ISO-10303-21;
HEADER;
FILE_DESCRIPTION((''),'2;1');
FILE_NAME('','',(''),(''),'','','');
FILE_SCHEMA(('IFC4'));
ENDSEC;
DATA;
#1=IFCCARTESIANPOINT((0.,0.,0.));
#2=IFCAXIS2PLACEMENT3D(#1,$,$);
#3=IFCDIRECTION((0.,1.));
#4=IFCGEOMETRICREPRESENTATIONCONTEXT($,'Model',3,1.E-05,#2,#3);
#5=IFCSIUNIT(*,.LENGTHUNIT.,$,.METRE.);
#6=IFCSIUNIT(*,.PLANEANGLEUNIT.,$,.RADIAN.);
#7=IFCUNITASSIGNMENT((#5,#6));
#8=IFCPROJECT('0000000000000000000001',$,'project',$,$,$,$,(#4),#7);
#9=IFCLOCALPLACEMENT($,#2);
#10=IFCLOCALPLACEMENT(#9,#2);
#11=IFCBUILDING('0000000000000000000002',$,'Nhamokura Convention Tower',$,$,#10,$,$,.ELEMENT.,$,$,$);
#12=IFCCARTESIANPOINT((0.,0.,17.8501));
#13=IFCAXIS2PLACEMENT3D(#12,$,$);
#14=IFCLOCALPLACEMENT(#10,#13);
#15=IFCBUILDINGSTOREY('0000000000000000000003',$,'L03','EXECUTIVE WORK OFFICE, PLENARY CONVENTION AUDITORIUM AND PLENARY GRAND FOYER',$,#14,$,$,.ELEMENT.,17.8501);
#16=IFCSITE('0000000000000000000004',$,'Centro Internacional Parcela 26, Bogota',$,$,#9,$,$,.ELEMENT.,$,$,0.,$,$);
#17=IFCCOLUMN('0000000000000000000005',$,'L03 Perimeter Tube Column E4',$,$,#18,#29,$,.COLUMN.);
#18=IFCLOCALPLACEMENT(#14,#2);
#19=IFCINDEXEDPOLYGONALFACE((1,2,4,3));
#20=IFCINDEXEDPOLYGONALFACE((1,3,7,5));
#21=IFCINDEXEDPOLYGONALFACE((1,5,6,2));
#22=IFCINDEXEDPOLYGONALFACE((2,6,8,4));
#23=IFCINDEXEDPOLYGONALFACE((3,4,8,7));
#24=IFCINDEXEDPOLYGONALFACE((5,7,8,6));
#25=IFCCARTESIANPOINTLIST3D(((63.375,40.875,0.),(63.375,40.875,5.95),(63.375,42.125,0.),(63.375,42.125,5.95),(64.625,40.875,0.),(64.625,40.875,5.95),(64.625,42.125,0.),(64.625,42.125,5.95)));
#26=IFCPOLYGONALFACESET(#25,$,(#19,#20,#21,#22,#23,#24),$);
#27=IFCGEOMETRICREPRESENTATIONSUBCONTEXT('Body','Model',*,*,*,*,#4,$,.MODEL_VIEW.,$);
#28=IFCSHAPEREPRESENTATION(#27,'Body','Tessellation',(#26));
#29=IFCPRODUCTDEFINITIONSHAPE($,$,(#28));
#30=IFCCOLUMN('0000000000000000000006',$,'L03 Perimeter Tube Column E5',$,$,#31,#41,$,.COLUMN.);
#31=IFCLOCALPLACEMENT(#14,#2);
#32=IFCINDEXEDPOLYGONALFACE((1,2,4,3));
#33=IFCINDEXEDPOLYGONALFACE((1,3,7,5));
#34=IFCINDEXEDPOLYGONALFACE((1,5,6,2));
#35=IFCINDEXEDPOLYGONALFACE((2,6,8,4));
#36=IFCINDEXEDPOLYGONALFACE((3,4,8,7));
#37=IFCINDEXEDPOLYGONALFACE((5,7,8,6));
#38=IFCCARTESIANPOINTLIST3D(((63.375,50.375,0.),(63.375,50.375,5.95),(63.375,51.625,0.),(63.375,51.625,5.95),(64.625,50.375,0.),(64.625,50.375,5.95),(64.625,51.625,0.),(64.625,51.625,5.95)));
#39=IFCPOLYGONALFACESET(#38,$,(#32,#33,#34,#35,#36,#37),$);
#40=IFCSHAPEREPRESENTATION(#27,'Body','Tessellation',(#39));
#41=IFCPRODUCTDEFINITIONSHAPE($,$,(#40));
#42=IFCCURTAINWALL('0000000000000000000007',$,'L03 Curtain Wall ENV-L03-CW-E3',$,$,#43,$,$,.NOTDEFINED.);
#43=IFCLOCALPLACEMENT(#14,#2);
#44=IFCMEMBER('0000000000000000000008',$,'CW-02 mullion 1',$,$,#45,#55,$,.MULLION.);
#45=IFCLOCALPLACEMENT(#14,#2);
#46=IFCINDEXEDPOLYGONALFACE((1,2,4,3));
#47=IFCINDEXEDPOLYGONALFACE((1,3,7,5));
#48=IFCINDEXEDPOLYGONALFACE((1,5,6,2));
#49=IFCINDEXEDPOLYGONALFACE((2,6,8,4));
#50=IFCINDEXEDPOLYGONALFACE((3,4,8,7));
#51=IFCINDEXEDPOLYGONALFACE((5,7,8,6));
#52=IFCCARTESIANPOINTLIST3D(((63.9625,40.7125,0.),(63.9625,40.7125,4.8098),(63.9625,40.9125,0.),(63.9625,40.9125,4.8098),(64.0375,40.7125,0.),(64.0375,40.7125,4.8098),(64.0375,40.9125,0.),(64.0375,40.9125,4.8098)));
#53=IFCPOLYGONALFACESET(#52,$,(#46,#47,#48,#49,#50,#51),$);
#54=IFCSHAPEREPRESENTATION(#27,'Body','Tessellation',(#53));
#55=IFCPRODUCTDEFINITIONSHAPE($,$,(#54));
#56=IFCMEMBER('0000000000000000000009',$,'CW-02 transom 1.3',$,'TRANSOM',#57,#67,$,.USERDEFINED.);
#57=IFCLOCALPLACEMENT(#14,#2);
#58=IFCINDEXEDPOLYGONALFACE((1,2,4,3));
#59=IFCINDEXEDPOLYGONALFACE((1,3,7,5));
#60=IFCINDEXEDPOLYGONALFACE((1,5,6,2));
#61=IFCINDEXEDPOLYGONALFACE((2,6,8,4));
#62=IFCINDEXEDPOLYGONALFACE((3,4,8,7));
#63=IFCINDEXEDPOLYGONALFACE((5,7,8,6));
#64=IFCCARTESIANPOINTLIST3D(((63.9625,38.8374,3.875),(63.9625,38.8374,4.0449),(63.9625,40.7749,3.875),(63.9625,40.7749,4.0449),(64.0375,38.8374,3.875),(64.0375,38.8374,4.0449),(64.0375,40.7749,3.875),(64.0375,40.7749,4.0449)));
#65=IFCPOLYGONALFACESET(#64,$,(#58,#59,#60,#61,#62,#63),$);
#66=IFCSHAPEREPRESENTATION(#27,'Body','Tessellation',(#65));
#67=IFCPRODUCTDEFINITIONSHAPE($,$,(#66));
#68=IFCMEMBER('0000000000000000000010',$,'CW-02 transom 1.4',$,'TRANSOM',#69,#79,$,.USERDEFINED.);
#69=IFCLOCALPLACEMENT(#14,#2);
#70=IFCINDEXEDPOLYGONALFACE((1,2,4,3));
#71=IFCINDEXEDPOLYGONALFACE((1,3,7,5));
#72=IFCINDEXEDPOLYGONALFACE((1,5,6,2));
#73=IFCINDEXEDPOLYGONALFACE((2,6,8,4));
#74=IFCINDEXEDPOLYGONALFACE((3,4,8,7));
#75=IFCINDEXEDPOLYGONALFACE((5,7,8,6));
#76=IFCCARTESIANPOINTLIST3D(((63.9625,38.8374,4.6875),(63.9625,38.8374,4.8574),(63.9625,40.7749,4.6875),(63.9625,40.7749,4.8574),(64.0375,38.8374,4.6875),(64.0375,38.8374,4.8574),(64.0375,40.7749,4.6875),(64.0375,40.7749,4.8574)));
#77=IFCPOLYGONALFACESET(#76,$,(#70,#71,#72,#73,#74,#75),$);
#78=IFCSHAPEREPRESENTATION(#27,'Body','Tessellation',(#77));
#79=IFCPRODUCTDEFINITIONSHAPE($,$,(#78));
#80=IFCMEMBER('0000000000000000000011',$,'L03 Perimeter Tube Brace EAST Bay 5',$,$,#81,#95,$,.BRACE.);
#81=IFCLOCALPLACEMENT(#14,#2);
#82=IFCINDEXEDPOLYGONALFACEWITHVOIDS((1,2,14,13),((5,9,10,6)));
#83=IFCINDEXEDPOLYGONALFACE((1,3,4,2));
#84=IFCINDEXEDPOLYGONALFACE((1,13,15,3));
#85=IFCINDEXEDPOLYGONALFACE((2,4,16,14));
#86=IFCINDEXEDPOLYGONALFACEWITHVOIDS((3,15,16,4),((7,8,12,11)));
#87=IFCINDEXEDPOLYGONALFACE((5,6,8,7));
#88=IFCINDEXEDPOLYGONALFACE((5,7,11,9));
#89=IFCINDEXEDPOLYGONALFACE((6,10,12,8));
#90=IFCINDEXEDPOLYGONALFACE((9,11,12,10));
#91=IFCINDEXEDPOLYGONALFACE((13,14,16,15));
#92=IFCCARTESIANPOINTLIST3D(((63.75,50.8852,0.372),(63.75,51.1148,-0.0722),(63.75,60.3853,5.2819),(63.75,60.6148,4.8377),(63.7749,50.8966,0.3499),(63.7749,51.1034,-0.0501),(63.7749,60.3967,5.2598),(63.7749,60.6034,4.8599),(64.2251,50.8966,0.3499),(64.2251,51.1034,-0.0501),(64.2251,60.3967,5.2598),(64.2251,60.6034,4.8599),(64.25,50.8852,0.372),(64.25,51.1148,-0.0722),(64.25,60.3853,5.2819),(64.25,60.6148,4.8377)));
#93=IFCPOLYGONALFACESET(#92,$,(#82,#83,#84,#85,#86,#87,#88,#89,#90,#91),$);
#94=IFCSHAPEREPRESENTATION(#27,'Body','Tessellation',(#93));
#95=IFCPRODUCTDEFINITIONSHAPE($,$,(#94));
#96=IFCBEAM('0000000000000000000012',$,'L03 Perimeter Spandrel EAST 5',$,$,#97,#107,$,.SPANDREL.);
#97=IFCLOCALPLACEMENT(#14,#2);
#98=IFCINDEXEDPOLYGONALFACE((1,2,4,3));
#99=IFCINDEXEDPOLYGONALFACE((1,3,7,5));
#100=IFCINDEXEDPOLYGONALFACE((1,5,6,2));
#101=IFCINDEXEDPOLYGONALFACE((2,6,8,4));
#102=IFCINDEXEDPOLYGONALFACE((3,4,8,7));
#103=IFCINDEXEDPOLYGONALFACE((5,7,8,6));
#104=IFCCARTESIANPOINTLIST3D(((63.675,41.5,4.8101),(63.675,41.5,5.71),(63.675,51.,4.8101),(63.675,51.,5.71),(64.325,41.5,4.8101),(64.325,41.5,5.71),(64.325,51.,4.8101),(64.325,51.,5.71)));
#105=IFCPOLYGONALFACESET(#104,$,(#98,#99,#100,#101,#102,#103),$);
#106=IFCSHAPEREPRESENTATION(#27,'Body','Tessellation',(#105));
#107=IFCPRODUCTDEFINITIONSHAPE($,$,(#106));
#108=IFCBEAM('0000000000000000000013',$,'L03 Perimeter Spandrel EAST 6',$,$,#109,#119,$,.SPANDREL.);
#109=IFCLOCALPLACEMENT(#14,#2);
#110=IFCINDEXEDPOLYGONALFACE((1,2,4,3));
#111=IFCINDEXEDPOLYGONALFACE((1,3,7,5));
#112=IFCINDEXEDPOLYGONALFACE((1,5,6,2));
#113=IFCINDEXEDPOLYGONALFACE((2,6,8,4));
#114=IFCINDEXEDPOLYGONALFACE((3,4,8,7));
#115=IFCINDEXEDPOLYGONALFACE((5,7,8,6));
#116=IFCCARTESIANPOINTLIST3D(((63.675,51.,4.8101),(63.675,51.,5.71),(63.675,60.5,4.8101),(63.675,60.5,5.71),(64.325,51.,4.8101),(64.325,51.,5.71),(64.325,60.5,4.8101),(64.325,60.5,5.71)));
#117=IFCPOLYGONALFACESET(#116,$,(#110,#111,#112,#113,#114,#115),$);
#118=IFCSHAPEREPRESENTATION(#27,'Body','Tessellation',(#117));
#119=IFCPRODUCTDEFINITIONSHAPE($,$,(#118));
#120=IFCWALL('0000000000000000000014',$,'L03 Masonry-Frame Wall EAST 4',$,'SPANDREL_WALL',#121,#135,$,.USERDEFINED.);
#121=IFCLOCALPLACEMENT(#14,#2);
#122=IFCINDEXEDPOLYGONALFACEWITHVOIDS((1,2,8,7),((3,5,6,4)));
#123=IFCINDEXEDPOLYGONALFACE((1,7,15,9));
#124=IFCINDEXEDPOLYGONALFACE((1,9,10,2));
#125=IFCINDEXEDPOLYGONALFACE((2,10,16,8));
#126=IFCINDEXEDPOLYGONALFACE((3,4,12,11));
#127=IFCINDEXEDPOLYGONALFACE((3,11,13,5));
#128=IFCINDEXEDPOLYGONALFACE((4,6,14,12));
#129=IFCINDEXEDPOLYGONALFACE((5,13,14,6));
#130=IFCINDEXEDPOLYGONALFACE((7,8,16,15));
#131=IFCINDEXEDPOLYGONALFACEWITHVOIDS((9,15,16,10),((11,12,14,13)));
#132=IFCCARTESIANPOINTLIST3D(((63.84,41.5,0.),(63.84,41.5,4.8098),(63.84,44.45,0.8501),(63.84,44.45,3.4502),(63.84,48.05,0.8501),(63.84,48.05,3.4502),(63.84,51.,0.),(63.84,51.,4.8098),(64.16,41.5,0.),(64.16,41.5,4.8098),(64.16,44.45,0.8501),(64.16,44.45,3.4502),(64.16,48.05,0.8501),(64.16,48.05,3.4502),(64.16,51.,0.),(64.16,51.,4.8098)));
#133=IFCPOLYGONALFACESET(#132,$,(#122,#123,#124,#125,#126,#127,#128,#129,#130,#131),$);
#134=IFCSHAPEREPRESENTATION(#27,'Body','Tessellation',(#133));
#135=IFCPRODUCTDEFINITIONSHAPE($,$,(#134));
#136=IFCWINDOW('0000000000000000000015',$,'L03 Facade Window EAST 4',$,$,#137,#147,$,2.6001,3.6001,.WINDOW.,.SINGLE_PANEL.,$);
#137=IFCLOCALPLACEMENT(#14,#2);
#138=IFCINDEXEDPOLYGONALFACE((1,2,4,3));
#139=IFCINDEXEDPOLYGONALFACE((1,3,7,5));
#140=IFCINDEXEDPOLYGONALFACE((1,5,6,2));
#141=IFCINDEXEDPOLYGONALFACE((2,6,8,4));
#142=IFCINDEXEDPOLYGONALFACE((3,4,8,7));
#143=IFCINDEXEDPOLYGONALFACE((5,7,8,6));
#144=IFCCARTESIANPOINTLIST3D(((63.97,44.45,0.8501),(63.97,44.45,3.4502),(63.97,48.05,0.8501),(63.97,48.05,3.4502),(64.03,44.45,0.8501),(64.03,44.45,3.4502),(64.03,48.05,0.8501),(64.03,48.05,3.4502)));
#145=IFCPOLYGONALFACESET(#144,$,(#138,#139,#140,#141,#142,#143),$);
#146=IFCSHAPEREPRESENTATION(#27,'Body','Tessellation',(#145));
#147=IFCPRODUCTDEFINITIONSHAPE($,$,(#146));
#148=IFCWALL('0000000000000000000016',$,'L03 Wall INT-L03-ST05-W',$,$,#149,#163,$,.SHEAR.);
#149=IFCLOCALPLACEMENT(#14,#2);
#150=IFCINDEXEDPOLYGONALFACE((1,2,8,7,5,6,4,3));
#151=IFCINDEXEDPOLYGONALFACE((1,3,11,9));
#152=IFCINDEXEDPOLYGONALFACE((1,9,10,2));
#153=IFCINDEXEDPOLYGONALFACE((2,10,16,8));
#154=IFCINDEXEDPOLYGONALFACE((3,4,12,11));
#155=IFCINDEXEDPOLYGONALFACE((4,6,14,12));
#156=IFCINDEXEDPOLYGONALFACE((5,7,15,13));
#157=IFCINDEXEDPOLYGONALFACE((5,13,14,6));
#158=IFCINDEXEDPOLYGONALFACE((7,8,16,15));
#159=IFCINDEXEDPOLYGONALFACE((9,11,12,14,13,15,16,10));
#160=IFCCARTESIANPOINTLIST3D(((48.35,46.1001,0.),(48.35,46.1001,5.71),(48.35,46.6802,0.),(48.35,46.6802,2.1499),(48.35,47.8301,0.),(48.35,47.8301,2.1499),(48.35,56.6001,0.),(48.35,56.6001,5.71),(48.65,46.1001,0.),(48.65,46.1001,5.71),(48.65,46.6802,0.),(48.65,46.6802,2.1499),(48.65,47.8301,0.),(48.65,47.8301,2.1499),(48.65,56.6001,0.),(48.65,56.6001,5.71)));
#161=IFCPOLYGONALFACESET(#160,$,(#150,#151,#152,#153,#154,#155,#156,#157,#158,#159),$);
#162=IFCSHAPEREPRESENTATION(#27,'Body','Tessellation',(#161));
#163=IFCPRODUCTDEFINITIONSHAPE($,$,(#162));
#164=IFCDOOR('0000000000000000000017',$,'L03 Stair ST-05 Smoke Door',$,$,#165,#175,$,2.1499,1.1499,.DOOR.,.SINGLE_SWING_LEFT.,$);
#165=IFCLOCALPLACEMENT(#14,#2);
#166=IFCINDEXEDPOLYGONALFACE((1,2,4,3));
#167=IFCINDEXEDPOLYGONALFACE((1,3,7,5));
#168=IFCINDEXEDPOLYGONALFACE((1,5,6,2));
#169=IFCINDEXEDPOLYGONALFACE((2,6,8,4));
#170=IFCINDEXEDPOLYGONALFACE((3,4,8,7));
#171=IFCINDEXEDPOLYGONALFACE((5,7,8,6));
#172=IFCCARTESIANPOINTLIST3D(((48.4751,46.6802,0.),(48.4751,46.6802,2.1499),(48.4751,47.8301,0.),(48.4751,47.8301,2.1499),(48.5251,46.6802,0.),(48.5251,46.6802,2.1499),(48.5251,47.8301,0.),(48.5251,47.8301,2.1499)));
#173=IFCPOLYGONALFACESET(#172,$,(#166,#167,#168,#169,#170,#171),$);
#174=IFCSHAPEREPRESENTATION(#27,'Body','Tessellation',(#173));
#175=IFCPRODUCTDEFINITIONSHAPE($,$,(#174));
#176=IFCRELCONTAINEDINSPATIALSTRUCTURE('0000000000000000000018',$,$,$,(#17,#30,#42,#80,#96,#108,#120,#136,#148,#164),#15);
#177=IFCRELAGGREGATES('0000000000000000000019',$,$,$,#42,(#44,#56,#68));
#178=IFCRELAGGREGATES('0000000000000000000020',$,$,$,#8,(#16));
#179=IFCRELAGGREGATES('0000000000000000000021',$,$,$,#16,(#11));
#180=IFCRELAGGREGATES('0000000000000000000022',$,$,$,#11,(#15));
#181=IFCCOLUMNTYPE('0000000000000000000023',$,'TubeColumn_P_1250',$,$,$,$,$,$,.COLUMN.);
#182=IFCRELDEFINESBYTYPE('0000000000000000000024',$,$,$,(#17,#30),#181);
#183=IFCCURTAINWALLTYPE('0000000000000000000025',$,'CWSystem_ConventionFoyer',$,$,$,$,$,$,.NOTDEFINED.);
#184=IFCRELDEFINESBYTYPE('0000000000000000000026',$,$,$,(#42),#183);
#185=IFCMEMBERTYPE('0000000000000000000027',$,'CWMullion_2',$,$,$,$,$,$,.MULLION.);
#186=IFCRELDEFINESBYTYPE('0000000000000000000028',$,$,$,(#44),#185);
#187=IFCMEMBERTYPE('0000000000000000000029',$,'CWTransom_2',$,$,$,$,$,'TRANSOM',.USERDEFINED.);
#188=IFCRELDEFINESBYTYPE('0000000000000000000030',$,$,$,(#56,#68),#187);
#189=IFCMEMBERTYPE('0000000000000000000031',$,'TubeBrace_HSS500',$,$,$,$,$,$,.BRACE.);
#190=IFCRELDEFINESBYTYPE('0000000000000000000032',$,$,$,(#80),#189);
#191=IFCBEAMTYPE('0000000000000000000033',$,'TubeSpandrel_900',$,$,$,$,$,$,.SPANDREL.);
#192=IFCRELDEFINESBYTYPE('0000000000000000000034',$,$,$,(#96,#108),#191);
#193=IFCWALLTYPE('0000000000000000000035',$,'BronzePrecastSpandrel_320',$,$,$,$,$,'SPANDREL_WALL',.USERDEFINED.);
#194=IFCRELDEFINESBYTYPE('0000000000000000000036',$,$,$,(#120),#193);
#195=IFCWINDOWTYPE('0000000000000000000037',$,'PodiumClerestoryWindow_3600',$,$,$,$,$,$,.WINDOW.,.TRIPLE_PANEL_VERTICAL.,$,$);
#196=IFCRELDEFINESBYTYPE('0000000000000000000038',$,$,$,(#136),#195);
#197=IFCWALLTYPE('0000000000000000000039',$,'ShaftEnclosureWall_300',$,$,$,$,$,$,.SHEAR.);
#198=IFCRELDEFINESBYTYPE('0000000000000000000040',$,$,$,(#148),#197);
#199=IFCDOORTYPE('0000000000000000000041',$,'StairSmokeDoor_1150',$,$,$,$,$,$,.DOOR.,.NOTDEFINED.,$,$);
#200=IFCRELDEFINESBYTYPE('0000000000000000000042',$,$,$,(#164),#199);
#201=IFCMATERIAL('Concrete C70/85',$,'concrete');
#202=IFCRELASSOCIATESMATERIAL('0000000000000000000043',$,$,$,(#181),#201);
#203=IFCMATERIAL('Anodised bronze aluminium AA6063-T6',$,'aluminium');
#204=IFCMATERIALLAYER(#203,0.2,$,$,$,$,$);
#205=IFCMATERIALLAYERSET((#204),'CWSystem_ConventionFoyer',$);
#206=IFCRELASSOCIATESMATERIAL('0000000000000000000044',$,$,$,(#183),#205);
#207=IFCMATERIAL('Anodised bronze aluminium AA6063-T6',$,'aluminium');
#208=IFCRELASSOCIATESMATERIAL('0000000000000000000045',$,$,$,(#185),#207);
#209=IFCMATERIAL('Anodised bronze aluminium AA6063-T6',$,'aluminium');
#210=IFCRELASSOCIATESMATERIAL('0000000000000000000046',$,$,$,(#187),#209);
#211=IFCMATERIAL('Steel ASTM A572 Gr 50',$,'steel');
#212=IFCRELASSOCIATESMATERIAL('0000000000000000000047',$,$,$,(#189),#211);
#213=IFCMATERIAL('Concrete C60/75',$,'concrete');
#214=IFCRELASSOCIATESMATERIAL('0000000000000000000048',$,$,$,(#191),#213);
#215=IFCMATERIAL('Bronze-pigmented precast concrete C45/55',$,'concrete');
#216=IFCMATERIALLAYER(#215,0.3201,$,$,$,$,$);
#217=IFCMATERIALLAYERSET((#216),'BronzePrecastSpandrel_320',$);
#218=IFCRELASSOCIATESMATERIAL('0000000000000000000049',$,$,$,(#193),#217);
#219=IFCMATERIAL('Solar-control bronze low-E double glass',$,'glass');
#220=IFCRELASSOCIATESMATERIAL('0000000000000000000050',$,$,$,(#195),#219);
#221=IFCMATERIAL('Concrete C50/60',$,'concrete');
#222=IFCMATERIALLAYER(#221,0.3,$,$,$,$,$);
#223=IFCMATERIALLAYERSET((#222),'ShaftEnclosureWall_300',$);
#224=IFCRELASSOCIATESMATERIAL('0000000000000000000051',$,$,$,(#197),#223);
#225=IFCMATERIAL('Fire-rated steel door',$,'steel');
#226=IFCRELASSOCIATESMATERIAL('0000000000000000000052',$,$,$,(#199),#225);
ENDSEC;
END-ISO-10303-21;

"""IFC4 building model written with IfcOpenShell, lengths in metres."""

from ifc_helpers import new_model, si_unit, direction, frame, frame_2d, origin, origin_2d, place, context, subcontext, project, spatial, rectangle, hollow_rectangle, extrude, material, layer, layer_set, material_profile, profile_set, type_object, element, fill, aggregate, save


model = new_model("IFC4")

# Units and contexts
model_context = context("Model", 3, precision=1e-05, world=origin(), true_north=direction((0.0, 1.0)))
body_context = subcontext(model_context, "Body", "Model", "MODEL_VIEW")
ifc_project = project(units=[si_unit("LENGTHUNIT", "METRE"), si_unit("PLANEANGLEUNIT", "RADIAN")], contexts=[model_context])

# Site, building, storey
site_placement = place(None, origin())
site = spatial("IfcSite", under=ifc_project, at=site_placement, Name="Centro Internacional Parcela 26, Bogota", CompositionType="ELEMENT", RefElevation=0.0)
building_placement = place(site_placement, origin())
building = spatial("IfcBuilding", under=site, at=building_placement, Name="Nhamokura Convention Tower", CompositionType="ELEMENT")
storey_placement = place(building_placement, frame((0.0, 0.0, 17.8501)))
storey = spatial("IfcBuildingStorey", under=building, at=storey_placement, Name="L03", Description="EXECUTIVE WORK OFFICE, PLENARY CONVENTION AUDITORIUM AND PLENARY GRAND FOYER", CompositionType="ELEMENT", Elevation=17.8501)

# Columns
ifc_material_1 = material(Name="Concrete C70/85", Category="concrete")
ifc_material_profile_1 = material_profile(ifc_material_1, rectangle(XDim=1.25, YDim=1.25, at=origin_2d()))
ifc_profile_set_1 = profile_set([ifc_material_profile_1], Name="Concrete C70/85")
column_type = type_object("IfcColumnType", Name="TubeColumn_P_1250", PredefinedType="COLUMN", material=ifc_profile_set_1)
for number, where, z_axis, x_axis, name in (
    (1, (64.0, 41.5, 0.0), (0.0, 0.0, 1.0), (1.0, 0.0, 0.0), "L03 Perimeter Tube Column E4"),
    (2, (64.0, 51.0, 0.0), (0.0, 0.0, 1.0), (1.0, 0.0, 0.0), "L03 Perimeter Tube Column E5"),
):
    element("IfcColumn", number, at=place(storey_placement, frame(where, z_axis=z_axis, x_axis=x_axis)), inside=storey, type_object=column_type, Name=name, PredefinedType="COLUMN", context=body_context, shape_type="SweptSolid", body=[
        extrude(rectangle(XDim=1.25, YDim=1.25, at=origin_2d()), origin(), (0.0, 0.0, 1.0), 5.95),
    ])

# Curtain wall, members
ifc_material_2 = material(Name="Anodised bronze aluminium AA6063-T6", Category="aluminium")
ifc_layer_1 = layer(ifc_material_2, 0.2)
ifc_layer_set_1 = layer_set([ifc_layer_1], Name="CWSystem_ConventionFoyer")
curtain_wall_type = type_object("IfcCurtainWallType", Name="CWSystem_ConventionFoyer", PredefinedType="NOTDEFINED", material=ifc_layer_set_1)
curtain_wall_placement = place(storey_placement, origin())
curtain_wall = element("IfcCurtainWall", 3, at=curtain_wall_placement, inside=storey, type_object=curtain_wall_type, Name="L03 Curtain Wall ENV-L03-CW-E3", PredefinedType="NOTDEFINED")
ifc_material_3 = material(Name="Anodised bronze aluminium AA6063-T6", Category="aluminium")
ifc_material_profile_2 = material_profile(ifc_material_3, rectangle(XDim=0.075, YDim=0.2, at=origin_2d()))
ifc_profile_set_2 = profile_set([ifc_material_profile_2], Name="Anodised bronze aluminium AA6063-T6")
member_type_1 = type_object("IfcMemberType", Name="CWMullion_2", PredefinedType="MULLION", material=ifc_profile_set_2)
member_1_placement = place(storey_placement, frame((64.0, 40.8125, 0.0), z_axis=(0.0, 0.0, 1.0), x_axis=(1.0, 0.0, 0.0)))
member_1 = element("IfcMember", 4, at=member_1_placement, type_object=member_type_1, Name="CW-02 mullion 1", PredefinedType="MULLION", context=body_context, shape_type="SweptSolid", body=[
    extrude(rectangle(XDim=0.075, YDim=0.2, at=origin_2d()), origin(), (0.0, 0.0, 1.0), 4.8098),
])
ifc_material_4 = material(Name="Anodised bronze aluminium AA6063-T6", Category="aluminium")
ifc_material_profile_3 = material_profile(ifc_material_4, rectangle(XDim=0.075, YDim=0.1699, at=origin_2d()))
ifc_profile_set_3 = profile_set([ifc_material_profile_3], Name="Anodised bronze aluminium AA6063-T6")
member_type_2 = type_object("IfcMemberType", Name="CWTransom_2", ElementType="TRANSOM", PredefinedType="USERDEFINED", material=ifc_profile_set_3)
member_2_placement = place(storey_placement, frame((64.0, 40.7749, 3.96), z_axis=(0.0, -1.0, 0.0), x_axis=(1.0, 0.0, 0.0)))
member_2 = element("IfcMember", 5, at=member_2_placement, type_object=member_type_2, Name="CW-02 transom 1.3", ObjectType="TRANSOM", PredefinedType="USERDEFINED", context=body_context, shape_type="SweptSolid", body=[
    extrude(rectangle(XDim=0.075, YDim=0.1699, at=origin_2d()), origin(), (0.0, 0.0, 1.0), 1.9375),
])
member_3_placement = place(storey_placement, frame((64.0, 40.7749, 4.7725), z_axis=(0.0, -1.0, 0.0), x_axis=(1.0, 0.0, 0.0)))
member_3 = element("IfcMember", 6, at=member_3_placement, type_object=member_type_2, Name="CW-02 transom 1.4", ObjectType="TRANSOM", PredefinedType="USERDEFINED", context=body_context, shape_type="SweptSolid", body=[
    extrude(rectangle(XDim=0.075, YDim=0.1699, at=origin_2d()), origin(), (0.0, 0.0, 1.0), 1.9375),
])
aggregate(curtain_wall, [member_1, member_2, member_3])

# Member
ifc_material_5 = material(Name="Steel ASTM A572 Gr 50", Category="steel")
ifc_material_profile_4 = material_profile(ifc_material_5, hollow_rectangle(XDim=0.5, YDim=0.5, WallThickness=0.0249, at=origin_2d()))
ifc_profile_set_4 = profile_set([ifc_material_profile_4], Name="Steel ASTM A572 Gr 50")
member_type_3 = type_object("IfcMemberType", Name="TubeBrace_HSS500", PredefinedType="BRACE", material=ifc_profile_set_4)
member_4_placement = place(storey_placement, frame((64.0, 51.0, 0.1499), z_axis=(0.0, 0.888366, 0.459137), x_axis=(-1.0, 0.0, 0.0)))
element("IfcMember", 7, at=member_4_placement, inside=storey, type_object=member_type_3, Name="L03 Perimeter Tube Brace EAST Bay 5", PredefinedType="BRACE", context=body_context, shape_type="SweptSolid", body=[
    extrude(hollow_rectangle(XDim=0.5, YDim=0.5, WallThickness=0.0249, at=origin_2d()), origin(), (0.0, 0.0, 1.0), 10.6938),
])

# Beams
ifc_material_6 = material(Name="Concrete C60/75", Category="concrete")
ifc_material_profile_5 = material_profile(ifc_material_6, rectangle(XDim=0.6499, YDim=0.8999, at=origin_2d()))
ifc_profile_set_5 = profile_set([ifc_material_profile_5], Name="Concrete C60/75")
beam_type = type_object("IfcBeamType", Name="TubeSpandrel_900", PredefinedType="SPANDREL", material=ifc_profile_set_5)
for number, where, z_axis, x_axis, name in (
    (8, (64.0, 41.5, 5.26), (0.0, 1.0, 0.0), (-1.0, 0.0, 0.0), "L03 Perimeter Spandrel EAST 5"),
    (9, (64.0, 51.0, 5.26), (0.0, 1.0, 0.0), (-1.0, 0.0, 0.0), "L03 Perimeter Spandrel EAST 6"),
):
    element("IfcBeam", number, at=place(storey_placement, frame(where, z_axis=z_axis, x_axis=x_axis)), inside=storey, type_object=beam_type, Name=name, PredefinedType="SPANDREL", context=body_context, shape_type="SweptSolid", body=[
        extrude(rectangle(XDim=0.6499, YDim=0.8999, at=origin_2d()), origin(), (0.0, 0.0, 1.0), 9.5),
    ])

# Wall, opening, window
ifc_material_7 = material(Name="Bronze-pigmented precast concrete C45/55", Category="concrete")
ifc_layer_2 = layer(ifc_material_7, 0.3201)
ifc_layer_set_2 = layer_set([ifc_layer_2], Name="BronzePrecastSpandrel_320")
wall_type_1 = type_object("IfcWallType", Name="BronzePrecastSpandrel_320", ElementType="SPANDREL_WALL", PredefinedType="USERDEFINED", material=ifc_layer_set_2)
wall_1_placement = place(storey_placement, frame((64.0, 51.0, 0.0), z_axis=(0.0, 0.0, 1.0), x_axis=(0.0, -1.0, 0.0)))
wall_1 = element("IfcWall", 10, at=wall_1_placement, inside=storey, type_object=wall_type_1, Name="L03 Masonry-Frame Wall EAST 4", ObjectType="SPANDREL_WALL", PredefinedType="USERDEFINED", context=body_context, shape_type="SweptSolid", body=[
    extrude(rectangle(XDim=9.5, YDim=0.3201, at=frame_2d((4.75, 0.0))), origin(), (0.0, 0.0, 1.0), 4.8098),
])
opening_1_placement = place(wall_1_placement, frame((2.95, 0.0, 0.8501)))
opening_1 = element("IfcOpeningElement", 11, at=opening_1_placement, cuts=wall_1, PredefinedType="OPENING", context=body_context, shape_type="SweptSolid", body=[
    extrude(rectangle(XDim=3.6001, YDim=2.6001, at=frame_2d((1.8, 1.3))), frame((0.0, 0.1699, 0.0), z_axis=(0.0, -1.0, 0.0), x_axis=(1.0, 0.0, 0.0)), (0.0, 0.0, 1.0), 0.3401),
])
ifc_material_8 = material(Name="Solar-control bronze low-E double glass", Category="glass")
window_type = type_object("IfcWindowType", Name="PodiumClerestoryWindow_3600", PartitioningType="TRIPLE_PANEL_VERTICAL", PredefinedType="WINDOW", material=ifc_material_8)
window_placement = place(opening_1_placement, origin())
window = element("IfcWindow", 12, at=window_placement, inside=storey, type_object=window_type, Name="L03 Facade Window EAST 4", OverallHeight=2.6001, OverallWidth=3.6001, PartitioningType="SINGLE_PANEL", PredefinedType="WINDOW", context=body_context, shape_type="SweptSolid", body=[
    extrude(rectangle(XDim=3.6001, YDim=2.6001, at=frame_2d((1.8, 1.3))), frame((0.0, 0.03, 0.0), z_axis=(0.0, -1.0, 0.0), x_axis=(1.0, 0.0, 0.0)), (0.0, 0.0, 1.0), 0.0601),
])
fill(opening_1, window)

# Wall, opening, door
ifc_material_9 = material(Name="Concrete C50/60", Category="concrete")
ifc_layer_3 = layer(ifc_material_9, 0.3)
ifc_layer_set_3 = layer_set([ifc_layer_3], Name="ShaftEnclosureWall_300")
wall_type_2 = type_object("IfcWallType", Name="ShaftEnclosureWall_300", PredefinedType="SHEAR", material=ifc_layer_set_3)
wall_2_placement = place(storey_placement, frame((48.5, 46.1001, 0.0), z_axis=(0.0, 0.0, 1.0), x_axis=(0.0, 1.0, 0.0)))
wall_2 = element("IfcWall", 13, at=wall_2_placement, inside=storey, type_object=wall_type_2, Name="L03 Wall INT-L03-ST05-W", PredefinedType="SHEAR", context=body_context, shape_type="SweptSolid", body=[
    extrude(rectangle(XDim=10.5, YDim=0.3, at=frame_2d((5.25, 0.0))), origin(), (0.0, 0.0, 1.0), 5.71),
])
opening_2_placement = place(wall_2_placement, frame((0.5801, 0.0, 0.0)))
opening_2 = element("IfcOpeningElement", 14, at=opening_2_placement, cuts=wall_2, PredefinedType="OPENING", context=body_context, shape_type="SweptSolid", body=[
    extrude(rectangle(XDim=1.1499, YDim=2.1499, at=frame_2d((0.575, 1.075))), frame((0.0, 0.1599, 0.0), z_axis=(0.0, -1.0, 0.0), x_axis=(1.0, 0.0, 0.0)), (0.0, 0.0, 1.0), 0.3201),
])
ifc_material_10 = material(Name="Fire-rated steel door", Category="steel")
door_type = type_object("IfcDoorType", Name="StairSmokeDoor_1150", OperationType="NOTDEFINED", PredefinedType="DOOR", material=ifc_material_10)
door_placement = place(opening_2_placement, origin())
door = element("IfcDoor", 15, at=door_placement, inside=storey, type_object=door_type, Name="L03 Stair ST-05 Smoke Door", OperationType="SINGLE_SWING_LEFT", OverallHeight=2.1499, OverallWidth=1.1499, PredefinedType="DOOR", context=body_context, shape_type="SweptSolid", body=[
    extrude(rectangle(XDim=1.1499, YDim=2.1499, at=frame_2d((0.575, 1.075))), frame((0.0, 0.0249, 0.0), z_axis=(0.0, -1.0, 0.0), x_axis=(1.0, 0.0, 0.0)), (0.0, 0.0, 1.0), 0.05),
])
fill(opening_2, door)

save(model, "model.ifc")
